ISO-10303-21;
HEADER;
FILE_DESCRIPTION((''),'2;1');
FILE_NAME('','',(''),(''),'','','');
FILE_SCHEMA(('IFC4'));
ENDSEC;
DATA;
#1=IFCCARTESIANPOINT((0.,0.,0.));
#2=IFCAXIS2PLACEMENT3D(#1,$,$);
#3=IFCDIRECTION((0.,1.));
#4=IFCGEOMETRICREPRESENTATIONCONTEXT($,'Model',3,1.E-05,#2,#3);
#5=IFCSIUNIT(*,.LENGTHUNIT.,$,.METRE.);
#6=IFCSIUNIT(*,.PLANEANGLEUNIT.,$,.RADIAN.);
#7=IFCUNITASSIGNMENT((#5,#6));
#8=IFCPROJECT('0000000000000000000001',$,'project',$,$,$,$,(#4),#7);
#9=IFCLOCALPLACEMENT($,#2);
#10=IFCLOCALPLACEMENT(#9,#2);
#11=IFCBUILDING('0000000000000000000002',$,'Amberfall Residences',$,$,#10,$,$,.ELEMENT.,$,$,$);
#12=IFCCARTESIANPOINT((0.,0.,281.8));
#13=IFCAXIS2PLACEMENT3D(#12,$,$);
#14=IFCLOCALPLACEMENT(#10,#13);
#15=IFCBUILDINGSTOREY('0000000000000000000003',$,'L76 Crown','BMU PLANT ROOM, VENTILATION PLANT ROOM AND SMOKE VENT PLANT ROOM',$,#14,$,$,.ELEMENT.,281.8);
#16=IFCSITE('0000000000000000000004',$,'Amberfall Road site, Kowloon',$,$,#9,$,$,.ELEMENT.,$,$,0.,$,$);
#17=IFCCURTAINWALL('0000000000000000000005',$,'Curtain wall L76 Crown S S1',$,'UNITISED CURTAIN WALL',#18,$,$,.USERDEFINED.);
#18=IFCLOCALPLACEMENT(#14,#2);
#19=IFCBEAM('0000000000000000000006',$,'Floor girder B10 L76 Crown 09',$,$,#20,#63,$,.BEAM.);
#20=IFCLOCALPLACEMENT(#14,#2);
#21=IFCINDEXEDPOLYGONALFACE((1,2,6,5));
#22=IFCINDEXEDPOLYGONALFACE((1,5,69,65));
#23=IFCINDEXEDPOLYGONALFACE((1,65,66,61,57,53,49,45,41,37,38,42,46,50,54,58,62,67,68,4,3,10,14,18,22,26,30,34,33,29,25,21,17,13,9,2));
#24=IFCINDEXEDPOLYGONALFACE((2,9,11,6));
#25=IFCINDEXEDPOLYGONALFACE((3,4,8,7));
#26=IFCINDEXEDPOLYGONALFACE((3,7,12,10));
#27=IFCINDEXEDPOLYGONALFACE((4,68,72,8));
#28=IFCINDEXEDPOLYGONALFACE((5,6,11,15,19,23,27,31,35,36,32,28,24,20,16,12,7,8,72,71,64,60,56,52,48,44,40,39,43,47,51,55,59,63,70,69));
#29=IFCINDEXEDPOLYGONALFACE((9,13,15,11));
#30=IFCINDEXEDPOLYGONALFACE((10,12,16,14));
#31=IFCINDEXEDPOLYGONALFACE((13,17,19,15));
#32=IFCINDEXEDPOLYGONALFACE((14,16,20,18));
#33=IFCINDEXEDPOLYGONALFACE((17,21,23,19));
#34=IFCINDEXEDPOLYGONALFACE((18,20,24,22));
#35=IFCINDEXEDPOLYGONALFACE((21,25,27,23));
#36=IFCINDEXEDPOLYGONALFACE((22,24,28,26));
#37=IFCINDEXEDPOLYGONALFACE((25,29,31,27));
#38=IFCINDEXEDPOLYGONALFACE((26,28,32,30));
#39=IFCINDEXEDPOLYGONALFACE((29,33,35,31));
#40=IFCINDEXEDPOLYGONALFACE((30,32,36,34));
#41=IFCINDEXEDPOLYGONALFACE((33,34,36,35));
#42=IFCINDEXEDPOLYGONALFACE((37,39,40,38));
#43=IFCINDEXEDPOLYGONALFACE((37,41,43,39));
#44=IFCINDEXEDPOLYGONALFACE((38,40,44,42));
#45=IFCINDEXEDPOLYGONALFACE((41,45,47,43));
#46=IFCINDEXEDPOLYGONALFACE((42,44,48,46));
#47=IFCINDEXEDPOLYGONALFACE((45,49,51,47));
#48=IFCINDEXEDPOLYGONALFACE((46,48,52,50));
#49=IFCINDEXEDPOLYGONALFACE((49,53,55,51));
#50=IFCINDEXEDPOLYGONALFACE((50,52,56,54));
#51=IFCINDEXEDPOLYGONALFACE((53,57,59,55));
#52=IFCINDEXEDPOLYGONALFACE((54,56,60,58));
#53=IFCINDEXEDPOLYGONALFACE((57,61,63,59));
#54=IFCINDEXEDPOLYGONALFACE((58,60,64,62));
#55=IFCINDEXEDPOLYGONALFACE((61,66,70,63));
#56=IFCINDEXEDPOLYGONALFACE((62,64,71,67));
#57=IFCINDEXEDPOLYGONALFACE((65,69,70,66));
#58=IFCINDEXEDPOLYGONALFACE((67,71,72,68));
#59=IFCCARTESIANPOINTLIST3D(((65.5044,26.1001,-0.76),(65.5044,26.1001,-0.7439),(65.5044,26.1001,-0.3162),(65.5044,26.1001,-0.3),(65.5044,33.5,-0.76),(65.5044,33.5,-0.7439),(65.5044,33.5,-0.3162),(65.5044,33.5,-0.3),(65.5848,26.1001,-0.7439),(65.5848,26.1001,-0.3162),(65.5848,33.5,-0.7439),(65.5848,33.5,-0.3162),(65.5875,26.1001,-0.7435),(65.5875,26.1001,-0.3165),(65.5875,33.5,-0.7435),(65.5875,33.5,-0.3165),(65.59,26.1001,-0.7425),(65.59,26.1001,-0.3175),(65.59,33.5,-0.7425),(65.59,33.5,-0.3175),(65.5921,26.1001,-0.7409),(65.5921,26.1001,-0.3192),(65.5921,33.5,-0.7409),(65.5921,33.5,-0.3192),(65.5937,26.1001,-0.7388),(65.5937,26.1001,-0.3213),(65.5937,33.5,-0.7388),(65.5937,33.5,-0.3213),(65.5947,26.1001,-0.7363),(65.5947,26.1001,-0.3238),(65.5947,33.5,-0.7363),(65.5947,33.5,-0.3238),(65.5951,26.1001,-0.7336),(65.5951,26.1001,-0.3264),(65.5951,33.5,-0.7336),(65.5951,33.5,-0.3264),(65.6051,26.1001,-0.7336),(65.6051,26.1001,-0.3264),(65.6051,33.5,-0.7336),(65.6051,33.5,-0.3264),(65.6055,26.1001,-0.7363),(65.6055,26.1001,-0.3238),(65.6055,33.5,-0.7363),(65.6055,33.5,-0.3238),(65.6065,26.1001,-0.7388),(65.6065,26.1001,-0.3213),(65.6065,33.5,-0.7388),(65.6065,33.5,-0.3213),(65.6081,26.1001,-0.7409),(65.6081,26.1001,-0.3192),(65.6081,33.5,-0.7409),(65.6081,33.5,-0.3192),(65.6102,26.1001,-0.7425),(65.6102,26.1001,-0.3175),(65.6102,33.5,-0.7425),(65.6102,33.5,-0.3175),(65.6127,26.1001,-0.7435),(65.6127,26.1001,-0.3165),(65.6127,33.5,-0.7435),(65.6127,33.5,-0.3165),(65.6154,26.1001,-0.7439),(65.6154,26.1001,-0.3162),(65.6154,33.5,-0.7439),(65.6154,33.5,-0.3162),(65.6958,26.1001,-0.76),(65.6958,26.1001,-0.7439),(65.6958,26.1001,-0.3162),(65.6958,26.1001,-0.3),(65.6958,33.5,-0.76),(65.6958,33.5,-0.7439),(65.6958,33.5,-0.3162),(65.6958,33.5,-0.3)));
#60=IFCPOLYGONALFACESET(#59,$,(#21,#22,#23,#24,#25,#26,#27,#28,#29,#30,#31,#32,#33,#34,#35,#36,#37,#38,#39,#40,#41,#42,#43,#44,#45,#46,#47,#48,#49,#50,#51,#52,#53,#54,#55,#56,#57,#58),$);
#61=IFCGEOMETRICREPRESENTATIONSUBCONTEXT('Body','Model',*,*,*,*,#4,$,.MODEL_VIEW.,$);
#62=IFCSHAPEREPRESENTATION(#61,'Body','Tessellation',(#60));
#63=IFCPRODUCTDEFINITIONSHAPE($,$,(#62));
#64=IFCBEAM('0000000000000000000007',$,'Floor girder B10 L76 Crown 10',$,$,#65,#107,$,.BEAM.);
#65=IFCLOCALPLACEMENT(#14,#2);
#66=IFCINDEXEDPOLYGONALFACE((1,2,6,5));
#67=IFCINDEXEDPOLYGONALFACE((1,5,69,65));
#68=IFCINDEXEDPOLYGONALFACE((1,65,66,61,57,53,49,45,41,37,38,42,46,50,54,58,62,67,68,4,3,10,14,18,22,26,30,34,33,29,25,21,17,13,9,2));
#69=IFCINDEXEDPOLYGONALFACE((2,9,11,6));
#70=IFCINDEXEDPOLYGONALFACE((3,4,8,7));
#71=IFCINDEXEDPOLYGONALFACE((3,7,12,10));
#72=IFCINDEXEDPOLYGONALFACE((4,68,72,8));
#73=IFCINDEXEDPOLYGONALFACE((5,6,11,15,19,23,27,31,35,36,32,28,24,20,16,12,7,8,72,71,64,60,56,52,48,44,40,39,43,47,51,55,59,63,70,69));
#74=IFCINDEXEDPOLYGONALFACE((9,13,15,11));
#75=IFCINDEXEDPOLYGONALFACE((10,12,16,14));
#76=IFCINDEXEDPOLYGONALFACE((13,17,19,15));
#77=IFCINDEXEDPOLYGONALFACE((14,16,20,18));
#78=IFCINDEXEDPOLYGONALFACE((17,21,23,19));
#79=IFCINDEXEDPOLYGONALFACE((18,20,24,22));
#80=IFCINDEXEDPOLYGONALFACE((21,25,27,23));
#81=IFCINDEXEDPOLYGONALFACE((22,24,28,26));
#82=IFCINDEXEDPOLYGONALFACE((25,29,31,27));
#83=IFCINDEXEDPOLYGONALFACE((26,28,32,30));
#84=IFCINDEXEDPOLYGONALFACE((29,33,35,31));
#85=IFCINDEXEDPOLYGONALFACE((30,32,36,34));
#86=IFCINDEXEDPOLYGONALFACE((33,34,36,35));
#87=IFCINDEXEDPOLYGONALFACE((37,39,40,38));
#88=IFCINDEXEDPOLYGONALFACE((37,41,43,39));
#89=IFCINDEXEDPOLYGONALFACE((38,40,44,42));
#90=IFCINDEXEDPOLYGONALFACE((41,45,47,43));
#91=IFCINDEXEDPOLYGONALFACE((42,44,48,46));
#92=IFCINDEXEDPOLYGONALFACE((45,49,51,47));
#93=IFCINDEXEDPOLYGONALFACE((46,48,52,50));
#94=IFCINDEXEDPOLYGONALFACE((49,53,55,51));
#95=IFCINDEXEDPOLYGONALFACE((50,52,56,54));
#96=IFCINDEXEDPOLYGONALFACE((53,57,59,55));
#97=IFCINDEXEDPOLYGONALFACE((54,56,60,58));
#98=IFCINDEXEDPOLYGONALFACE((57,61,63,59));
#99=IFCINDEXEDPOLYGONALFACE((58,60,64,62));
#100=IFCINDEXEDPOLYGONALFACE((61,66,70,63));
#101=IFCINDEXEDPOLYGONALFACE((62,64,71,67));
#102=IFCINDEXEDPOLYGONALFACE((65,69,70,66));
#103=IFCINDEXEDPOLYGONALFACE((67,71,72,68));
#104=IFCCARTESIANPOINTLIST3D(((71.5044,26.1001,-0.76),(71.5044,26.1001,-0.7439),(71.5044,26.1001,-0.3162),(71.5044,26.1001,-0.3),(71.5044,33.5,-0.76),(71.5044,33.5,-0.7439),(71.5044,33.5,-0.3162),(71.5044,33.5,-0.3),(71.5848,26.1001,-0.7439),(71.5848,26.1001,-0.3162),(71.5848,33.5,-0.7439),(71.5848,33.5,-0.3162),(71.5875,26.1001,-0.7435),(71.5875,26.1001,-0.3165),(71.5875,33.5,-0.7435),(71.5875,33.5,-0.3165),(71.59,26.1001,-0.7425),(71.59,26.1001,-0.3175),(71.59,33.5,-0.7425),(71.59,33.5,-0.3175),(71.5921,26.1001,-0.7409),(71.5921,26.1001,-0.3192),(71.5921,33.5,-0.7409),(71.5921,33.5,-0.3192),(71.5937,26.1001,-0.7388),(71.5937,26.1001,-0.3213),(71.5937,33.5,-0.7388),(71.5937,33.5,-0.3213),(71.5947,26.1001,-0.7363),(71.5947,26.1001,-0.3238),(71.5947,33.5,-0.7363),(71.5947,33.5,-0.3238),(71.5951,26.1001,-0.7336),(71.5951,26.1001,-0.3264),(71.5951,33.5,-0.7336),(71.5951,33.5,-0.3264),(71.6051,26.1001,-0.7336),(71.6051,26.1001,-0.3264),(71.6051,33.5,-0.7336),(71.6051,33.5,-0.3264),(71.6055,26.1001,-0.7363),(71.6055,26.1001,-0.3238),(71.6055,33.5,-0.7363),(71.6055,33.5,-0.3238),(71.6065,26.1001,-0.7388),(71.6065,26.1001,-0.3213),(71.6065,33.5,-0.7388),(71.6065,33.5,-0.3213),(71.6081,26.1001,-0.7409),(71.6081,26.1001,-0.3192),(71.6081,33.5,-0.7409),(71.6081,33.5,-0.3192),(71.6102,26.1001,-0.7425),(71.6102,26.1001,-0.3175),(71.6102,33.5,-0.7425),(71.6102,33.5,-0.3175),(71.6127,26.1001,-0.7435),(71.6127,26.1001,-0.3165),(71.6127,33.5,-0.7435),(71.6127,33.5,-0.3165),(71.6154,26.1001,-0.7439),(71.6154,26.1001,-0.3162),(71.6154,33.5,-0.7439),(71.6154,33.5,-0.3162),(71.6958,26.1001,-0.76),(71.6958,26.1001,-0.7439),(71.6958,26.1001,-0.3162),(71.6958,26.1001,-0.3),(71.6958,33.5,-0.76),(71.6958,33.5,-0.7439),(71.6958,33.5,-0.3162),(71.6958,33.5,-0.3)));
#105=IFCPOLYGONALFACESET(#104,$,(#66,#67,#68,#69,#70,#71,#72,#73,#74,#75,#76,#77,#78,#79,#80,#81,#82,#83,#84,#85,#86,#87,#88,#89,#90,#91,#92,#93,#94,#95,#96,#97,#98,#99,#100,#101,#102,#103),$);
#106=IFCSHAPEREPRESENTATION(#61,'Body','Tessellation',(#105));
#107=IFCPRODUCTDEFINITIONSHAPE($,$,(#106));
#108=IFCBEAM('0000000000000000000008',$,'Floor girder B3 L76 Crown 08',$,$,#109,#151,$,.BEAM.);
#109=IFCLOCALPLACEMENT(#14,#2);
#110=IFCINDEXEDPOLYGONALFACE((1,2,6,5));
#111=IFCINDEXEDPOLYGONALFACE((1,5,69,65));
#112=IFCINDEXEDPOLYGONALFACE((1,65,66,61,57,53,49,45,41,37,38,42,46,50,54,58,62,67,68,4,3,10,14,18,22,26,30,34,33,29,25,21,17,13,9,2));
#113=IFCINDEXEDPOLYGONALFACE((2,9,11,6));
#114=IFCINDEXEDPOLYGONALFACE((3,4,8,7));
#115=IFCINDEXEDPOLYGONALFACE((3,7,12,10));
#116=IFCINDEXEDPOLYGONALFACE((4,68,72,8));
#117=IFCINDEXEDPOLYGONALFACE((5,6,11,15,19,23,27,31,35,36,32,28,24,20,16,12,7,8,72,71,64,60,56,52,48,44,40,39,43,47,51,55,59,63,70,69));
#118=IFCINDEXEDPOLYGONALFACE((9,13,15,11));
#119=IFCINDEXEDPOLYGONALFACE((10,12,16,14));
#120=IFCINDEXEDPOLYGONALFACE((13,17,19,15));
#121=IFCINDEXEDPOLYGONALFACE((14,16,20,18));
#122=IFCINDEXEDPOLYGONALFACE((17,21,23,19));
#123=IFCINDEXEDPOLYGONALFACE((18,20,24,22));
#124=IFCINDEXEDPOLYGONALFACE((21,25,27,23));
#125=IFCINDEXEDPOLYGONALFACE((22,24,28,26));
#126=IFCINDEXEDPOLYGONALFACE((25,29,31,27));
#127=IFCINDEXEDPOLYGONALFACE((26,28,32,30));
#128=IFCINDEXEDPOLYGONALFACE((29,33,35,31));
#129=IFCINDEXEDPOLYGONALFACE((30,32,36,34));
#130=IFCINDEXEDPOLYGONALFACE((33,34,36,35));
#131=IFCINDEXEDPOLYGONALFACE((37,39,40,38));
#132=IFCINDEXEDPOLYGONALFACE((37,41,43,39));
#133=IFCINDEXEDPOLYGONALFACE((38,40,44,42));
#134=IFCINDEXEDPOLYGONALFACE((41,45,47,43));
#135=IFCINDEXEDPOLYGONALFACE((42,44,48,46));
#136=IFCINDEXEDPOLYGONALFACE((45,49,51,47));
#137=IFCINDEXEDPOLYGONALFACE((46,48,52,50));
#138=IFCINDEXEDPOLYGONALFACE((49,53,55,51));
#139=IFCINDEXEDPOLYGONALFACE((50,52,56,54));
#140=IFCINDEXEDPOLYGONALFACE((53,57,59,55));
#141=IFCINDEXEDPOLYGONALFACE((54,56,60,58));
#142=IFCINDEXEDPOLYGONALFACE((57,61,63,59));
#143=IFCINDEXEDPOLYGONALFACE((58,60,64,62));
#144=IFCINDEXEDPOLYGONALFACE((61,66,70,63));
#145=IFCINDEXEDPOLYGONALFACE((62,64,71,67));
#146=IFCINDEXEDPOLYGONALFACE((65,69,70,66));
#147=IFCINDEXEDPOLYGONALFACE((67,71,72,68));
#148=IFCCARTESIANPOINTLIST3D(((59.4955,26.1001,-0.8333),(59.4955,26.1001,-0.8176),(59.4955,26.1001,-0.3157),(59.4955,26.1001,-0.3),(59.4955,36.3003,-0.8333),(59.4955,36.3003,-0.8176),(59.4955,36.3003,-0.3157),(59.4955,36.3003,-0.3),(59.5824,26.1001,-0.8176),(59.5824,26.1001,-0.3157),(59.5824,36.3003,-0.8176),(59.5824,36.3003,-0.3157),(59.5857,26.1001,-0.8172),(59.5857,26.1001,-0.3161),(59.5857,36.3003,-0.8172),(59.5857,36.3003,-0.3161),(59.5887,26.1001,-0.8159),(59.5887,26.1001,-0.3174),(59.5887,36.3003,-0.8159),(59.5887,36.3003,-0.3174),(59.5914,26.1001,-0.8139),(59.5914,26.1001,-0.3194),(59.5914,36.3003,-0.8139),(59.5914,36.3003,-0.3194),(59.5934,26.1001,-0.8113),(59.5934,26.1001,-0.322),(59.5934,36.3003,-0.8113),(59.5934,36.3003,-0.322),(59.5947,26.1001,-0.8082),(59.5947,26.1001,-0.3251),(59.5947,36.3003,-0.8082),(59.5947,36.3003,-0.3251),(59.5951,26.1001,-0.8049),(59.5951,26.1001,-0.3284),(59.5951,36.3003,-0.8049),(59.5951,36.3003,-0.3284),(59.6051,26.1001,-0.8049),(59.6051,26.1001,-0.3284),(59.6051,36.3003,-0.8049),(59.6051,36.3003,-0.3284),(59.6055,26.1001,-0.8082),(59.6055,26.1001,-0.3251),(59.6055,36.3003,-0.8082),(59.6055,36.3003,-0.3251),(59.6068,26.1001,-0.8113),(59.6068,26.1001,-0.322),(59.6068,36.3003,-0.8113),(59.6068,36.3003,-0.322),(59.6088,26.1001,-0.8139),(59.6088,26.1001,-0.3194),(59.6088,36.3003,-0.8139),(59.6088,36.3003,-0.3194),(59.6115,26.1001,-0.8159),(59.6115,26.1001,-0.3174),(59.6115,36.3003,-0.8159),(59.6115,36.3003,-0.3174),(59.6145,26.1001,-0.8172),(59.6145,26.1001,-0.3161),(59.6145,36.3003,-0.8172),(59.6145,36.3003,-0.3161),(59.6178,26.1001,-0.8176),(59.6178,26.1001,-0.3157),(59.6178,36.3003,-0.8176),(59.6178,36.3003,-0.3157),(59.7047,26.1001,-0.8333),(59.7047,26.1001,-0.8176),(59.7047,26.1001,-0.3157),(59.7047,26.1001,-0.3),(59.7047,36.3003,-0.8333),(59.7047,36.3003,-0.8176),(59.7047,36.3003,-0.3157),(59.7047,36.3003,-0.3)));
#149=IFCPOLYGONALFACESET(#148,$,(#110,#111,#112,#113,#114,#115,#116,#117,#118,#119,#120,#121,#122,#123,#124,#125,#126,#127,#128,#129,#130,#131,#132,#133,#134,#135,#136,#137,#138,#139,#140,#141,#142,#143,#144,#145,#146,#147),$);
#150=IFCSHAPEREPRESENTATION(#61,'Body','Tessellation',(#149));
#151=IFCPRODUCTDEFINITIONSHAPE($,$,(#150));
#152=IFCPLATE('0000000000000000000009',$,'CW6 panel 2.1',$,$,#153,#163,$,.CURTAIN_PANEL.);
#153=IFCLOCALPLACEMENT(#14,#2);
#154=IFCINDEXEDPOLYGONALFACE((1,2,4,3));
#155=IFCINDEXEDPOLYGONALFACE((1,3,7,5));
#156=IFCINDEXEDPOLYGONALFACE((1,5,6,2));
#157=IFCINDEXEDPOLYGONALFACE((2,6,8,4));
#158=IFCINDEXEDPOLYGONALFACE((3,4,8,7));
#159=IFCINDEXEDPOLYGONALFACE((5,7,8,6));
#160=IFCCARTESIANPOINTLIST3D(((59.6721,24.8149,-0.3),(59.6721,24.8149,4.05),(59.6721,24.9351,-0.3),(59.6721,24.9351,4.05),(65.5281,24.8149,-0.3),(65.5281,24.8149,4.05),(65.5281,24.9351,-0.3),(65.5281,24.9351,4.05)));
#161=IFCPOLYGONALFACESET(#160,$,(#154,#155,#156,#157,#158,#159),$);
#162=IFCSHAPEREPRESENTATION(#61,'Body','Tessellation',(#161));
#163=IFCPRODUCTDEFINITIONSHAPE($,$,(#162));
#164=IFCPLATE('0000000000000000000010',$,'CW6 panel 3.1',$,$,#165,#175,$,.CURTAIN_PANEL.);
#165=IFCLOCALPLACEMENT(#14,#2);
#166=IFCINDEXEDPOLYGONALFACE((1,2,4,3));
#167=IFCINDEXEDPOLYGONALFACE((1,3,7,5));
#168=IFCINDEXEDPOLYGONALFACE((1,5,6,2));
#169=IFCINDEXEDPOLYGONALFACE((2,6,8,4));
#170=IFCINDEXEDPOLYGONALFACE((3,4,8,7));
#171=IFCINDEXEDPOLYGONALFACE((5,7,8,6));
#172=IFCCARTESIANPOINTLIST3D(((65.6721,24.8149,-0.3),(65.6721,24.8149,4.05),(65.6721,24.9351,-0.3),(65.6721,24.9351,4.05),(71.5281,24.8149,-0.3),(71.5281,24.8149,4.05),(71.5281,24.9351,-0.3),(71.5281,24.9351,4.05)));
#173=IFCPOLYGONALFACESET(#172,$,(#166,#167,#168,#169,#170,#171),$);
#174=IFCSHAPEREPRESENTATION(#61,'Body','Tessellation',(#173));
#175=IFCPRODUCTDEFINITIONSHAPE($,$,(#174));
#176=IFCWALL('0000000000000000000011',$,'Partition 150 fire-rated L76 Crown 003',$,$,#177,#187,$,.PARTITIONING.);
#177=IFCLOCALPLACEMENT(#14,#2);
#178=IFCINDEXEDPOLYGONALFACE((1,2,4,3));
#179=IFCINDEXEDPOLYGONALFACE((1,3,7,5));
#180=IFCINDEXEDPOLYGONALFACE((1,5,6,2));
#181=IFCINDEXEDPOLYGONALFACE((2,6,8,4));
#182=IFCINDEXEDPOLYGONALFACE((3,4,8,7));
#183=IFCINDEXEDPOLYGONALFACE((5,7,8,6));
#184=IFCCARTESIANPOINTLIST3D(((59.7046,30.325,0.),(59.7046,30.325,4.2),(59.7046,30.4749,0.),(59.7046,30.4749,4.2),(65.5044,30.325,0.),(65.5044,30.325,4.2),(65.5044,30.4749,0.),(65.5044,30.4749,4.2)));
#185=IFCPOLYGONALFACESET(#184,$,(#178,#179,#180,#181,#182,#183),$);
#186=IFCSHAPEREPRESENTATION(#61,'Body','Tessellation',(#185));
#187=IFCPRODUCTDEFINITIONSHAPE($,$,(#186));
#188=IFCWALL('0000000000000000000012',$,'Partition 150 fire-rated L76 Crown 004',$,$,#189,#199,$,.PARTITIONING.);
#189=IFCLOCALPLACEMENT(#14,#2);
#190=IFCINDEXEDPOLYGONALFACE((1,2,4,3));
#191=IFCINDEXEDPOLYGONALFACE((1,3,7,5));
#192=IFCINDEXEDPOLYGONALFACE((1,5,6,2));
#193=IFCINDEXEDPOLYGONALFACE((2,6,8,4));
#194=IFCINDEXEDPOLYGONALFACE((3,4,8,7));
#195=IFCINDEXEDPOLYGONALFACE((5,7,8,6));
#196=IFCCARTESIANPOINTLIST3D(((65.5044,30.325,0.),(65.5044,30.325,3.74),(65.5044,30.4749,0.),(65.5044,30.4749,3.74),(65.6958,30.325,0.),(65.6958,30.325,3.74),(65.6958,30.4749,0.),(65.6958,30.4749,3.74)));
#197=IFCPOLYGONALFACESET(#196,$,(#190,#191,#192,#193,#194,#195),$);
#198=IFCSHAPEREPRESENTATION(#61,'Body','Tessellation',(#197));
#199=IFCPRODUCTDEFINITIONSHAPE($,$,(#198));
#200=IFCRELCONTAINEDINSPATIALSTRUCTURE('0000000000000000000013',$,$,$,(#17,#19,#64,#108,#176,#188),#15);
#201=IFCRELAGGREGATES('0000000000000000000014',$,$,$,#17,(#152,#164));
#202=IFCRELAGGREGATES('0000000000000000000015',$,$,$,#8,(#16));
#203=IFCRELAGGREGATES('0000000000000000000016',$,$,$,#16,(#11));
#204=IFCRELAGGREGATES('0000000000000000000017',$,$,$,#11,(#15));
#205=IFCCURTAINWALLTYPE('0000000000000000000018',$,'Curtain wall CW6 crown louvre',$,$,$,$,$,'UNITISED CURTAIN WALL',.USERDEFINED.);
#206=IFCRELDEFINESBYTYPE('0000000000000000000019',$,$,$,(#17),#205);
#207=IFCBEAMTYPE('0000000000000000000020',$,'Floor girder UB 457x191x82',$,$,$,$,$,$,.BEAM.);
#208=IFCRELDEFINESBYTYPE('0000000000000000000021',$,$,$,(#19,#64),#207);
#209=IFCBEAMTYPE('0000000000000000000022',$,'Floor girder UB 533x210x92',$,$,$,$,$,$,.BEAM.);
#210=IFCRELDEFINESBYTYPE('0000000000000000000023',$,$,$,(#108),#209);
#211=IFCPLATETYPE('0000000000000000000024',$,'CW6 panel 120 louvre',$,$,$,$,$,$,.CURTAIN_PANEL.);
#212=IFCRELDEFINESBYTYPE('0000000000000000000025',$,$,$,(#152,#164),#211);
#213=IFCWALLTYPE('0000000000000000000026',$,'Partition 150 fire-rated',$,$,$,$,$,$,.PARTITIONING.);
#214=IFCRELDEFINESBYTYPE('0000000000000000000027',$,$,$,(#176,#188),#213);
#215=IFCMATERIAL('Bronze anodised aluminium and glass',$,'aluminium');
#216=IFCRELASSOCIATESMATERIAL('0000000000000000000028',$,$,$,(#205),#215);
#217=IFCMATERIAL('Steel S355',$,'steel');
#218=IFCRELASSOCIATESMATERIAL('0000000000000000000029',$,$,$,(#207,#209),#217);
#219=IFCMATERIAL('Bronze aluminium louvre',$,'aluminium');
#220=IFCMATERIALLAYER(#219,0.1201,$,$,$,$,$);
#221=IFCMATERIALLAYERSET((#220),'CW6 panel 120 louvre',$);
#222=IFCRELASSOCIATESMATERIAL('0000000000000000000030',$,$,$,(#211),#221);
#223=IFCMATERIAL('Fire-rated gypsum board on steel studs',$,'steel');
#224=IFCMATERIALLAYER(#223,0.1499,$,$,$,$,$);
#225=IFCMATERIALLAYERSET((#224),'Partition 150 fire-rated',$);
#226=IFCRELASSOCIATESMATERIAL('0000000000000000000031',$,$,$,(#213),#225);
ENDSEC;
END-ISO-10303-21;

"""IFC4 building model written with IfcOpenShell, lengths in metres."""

from ifc_helpers import new_model, si_unit, direction, frame, frame_2d, origin, origin_2d, place, context, subcontext, project, spatial, rectangle, i_section, extrude, material, layer, layer_set, material_profile, profile_set, type_object, element, aggregate, save


model = new_model("IFC4")

# Units and contexts
model_context = context("Model", 3, precision=1e-05, world=origin(), true_north=direction((0.0, 1.0)))
body_context = subcontext(model_context, "Body", "Model", "MODEL_VIEW")
ifc_project = project(units=[si_unit("LENGTHUNIT", "METRE"), si_unit("PLANEANGLEUNIT", "RADIAN")], contexts=[model_context])

# Site, building, storey
site_placement = place(None, origin())
site = spatial("IfcSite", under=ifc_project, at=site_placement, Name="Amberfall Road site, Kowloon", CompositionType="ELEMENT", RefElevation=0.0)
building_placement = place(site_placement, origin())
building = spatial("IfcBuilding", under=site, at=building_placement, Name="Amberfall Residences", CompositionType="ELEMENT")
storey_placement = place(building_placement, frame((0.0, 0.0, 281.8)))
storey = spatial("IfcBuildingStorey", under=building, at=storey_placement, Name="L76 Crown", Description="BMU PLANT ROOM, VENTILATION PLANT ROOM AND SMOKE VENT PLANT ROOM", CompositionType="ELEMENT", Elevation=281.8)

# Curtain wall
ifc_material_1 = material(Name="Bronze anodised aluminium and glass", Category="aluminium")
curtain_wall_type = type_object("IfcCurtainWallType", Name="Curtain wall CW6 crown louvre", ElementType="UNITISED CURTAIN WALL", PredefinedType="USERDEFINED", material=ifc_material_1)
curtain_wall_placement = place(storey_placement, origin())
curtain_wall = element("IfcCurtainWall", 1, at=curtain_wall_placement, inside=storey, type_object=curtain_wall_type, Name="Curtain wall L76 Crown S S1", ObjectType="UNITISED CURTAIN WALL", PredefinedType="USERDEFINED")

# Beams
ifc_material_2 = material(Name="Steel S355", Category="steel")
ifc_material_profile_1 = material_profile(ifc_material_2, i_section(OverallWidth=0.1914, OverallDepth=0.46, WebThickness=0.01, FlangeThickness=0.0161, FilletRadius=0.0103, at=origin_2d()), Name="UB 457x191x82")
ifc_profile_set_1 = profile_set([ifc_material_profile_1], Name="Steel S355")
beam_type_1 = type_object("IfcBeamType", Name="Floor girder UB 457x191x82", PredefinedType="BEAM", material=ifc_profile_set_1)
for number, where, z_axis, x_axis, name in (
    (2, (65.6001, 26.1001, -0.53), (0.0, 1.0, 0.0), (-1.0, 0.0, 0.0), "Floor girder B10 L76 Crown 09"),
    (3, (71.6001, 26.1001, -0.53), (0.0, 1.0, 0.0), (-1.0, 0.0, 0.0), "Floor girder B10 L76 Crown 10"),
):
    element("IfcBeam", number, at=place(storey_placement, frame(where, z_axis=z_axis, x_axis=x_axis)), inside=storey, type_object=beam_type_1, Name=name, PredefinedType="BEAM", context=body_context, shape_type="SweptSolid", body=[
        extrude(i_section(OverallWidth=0.1914, OverallDepth=0.46, WebThickness=0.01, FlangeThickness=0.0161, FilletRadius=0.0103, at=origin_2d()), origin(), (0.0, 0.0, 1.0), 7.3999),
    ])
ifc_material_profile_2 = material_profile(ifc_material_2, i_section(OverallWidth=0.2092, OverallDepth=0.5332, WebThickness=0.01, FlangeThickness=0.0156, FilletRadius=0.0127, at=origin_2d()), Name="UB 533x210x92")
ifc_profile_set_2 = profile_set([ifc_material_profile_2], Name="Steel S355")
beam_type_2 = type_object("IfcBeamType", Name="Floor girder UB 533x210x92", PredefinedType="BEAM", material=ifc_profile_set_2)
beam_placement = place(storey_placement, frame((59.6001, 26.1001, -0.5667), z_axis=(0.0, 1.0, 0.0), x_axis=(-1.0, 0.0, 0.0)))
element("IfcBeam", 4, at=beam_placement, inside=storey, type_object=beam_type_2, Name="Floor girder B3 L76 Crown 08", PredefinedType="BEAM", context=body_context, shape_type="SweptSolid", body=[
    extrude(i_section(OverallWidth=0.2092, OverallDepth=0.5332, WebThickness=0.01, FlangeThickness=0.0156, FilletRadius=0.0127, at=origin_2d()), origin(), (0.0, 0.0, 1.0), 10.2002),
])

# Plates
ifc_material_3 = material(Name="Bronze aluminium louvre", Category="aluminium")
ifc_layer_1 = layer(ifc_material_3, 0.1201)
ifc_layer_set_1 = layer_set([ifc_layer_1], Name="CW6 panel 120 louvre")
plate_type = type_object("IfcPlateType", Name="CW6 panel 120 louvre", PredefinedType="CURTAIN_PANEL", material=ifc_layer_set_1)
plate_1_placement = place(storey_placement, frame((62.6001, 24.875, -0.3), z_axis=(0.0, 0.0, 1.0), x_axis=(1.0, 0.0, 0.0)))
plate_1 = element("IfcPlate", 5, at=plate_1_placement, type_object=plate_type, Name="CW6 panel 2.1", PredefinedType="CURTAIN_PANEL", context=body_context, shape_type="SweptSolid", body=[
    extrude(rectangle(XDim=5.856, YDim=0.1201, at=origin_2d()), origin(), (0.0, 0.0, 1.0), 4.3501),
])
plate_2_placement = place(storey_placement, frame((68.6001, 24.875, -0.3), z_axis=(0.0, 0.0, 1.0), x_axis=(1.0, 0.0, 0.0)))
plate_2 = element("IfcPlate", 6, at=plate_2_placement, type_object=plate_type, Name="CW6 panel 3.1", PredefinedType="CURTAIN_PANEL", context=body_context, shape_type="SweptSolid", body=[
    extrude(rectangle(XDim=5.856, YDim=0.1201, at=origin_2d()), origin(), (0.0, 0.0, 1.0), 4.3501),
])
aggregate(curtain_wall, [plate_1, plate_2])

# Walls
ifc_material_4 = material(Name="Fire-rated gypsum board on steel studs", Category="steel")
ifc_layer_2 = layer(ifc_material_4, 0.1499)
ifc_layer_set_2 = layer_set([ifc_layer_2], Name="Partition 150 fire-rated")
wall_type = type_object("IfcWallType", Name="Partition 150 fire-rated", PredefinedType="PARTITIONING", material=ifc_layer_set_2)
wall_1_placement = place(storey_placement, frame((59.7046, 30.3999, 0.0), z_axis=(0.0, 0.0, 1.0), x_axis=(1.0, 0.0, 0.0)))
element("IfcWall", 7, at=wall_1_placement, inside=storey, type_object=wall_type, Name="Partition 150 fire-rated L76 Crown 003", PredefinedType="PARTITIONING", context=body_context, shape_type="SweptSolid", body=[
    extrude(rectangle(XDim=5.7998, YDim=0.1499, at=frame_2d((2.8999, 0.0))), origin(), (0.0, 0.0, 1.0), 4.2),
])
wall_2_placement = place(storey_placement, frame((65.5044, 30.3999, 0.0), z_axis=(0.0, 0.0, 1.0), x_axis=(1.0, 0.0, 0.0)))
element("IfcWall", 8, at=wall_2_placement, inside=storey, type_object=wall_type, Name="Partition 150 fire-rated L76 Crown 004", PredefinedType="PARTITIONING", context=body_context, shape_type="SweptSolid", body=[
    extrude(rectangle(XDim=0.1914, YDim=0.1499, at=frame_2d((0.0957, 0.0))), origin(), (0.0, 0.0, 1.0), 3.74),
])

save(model, "model.ifc")
